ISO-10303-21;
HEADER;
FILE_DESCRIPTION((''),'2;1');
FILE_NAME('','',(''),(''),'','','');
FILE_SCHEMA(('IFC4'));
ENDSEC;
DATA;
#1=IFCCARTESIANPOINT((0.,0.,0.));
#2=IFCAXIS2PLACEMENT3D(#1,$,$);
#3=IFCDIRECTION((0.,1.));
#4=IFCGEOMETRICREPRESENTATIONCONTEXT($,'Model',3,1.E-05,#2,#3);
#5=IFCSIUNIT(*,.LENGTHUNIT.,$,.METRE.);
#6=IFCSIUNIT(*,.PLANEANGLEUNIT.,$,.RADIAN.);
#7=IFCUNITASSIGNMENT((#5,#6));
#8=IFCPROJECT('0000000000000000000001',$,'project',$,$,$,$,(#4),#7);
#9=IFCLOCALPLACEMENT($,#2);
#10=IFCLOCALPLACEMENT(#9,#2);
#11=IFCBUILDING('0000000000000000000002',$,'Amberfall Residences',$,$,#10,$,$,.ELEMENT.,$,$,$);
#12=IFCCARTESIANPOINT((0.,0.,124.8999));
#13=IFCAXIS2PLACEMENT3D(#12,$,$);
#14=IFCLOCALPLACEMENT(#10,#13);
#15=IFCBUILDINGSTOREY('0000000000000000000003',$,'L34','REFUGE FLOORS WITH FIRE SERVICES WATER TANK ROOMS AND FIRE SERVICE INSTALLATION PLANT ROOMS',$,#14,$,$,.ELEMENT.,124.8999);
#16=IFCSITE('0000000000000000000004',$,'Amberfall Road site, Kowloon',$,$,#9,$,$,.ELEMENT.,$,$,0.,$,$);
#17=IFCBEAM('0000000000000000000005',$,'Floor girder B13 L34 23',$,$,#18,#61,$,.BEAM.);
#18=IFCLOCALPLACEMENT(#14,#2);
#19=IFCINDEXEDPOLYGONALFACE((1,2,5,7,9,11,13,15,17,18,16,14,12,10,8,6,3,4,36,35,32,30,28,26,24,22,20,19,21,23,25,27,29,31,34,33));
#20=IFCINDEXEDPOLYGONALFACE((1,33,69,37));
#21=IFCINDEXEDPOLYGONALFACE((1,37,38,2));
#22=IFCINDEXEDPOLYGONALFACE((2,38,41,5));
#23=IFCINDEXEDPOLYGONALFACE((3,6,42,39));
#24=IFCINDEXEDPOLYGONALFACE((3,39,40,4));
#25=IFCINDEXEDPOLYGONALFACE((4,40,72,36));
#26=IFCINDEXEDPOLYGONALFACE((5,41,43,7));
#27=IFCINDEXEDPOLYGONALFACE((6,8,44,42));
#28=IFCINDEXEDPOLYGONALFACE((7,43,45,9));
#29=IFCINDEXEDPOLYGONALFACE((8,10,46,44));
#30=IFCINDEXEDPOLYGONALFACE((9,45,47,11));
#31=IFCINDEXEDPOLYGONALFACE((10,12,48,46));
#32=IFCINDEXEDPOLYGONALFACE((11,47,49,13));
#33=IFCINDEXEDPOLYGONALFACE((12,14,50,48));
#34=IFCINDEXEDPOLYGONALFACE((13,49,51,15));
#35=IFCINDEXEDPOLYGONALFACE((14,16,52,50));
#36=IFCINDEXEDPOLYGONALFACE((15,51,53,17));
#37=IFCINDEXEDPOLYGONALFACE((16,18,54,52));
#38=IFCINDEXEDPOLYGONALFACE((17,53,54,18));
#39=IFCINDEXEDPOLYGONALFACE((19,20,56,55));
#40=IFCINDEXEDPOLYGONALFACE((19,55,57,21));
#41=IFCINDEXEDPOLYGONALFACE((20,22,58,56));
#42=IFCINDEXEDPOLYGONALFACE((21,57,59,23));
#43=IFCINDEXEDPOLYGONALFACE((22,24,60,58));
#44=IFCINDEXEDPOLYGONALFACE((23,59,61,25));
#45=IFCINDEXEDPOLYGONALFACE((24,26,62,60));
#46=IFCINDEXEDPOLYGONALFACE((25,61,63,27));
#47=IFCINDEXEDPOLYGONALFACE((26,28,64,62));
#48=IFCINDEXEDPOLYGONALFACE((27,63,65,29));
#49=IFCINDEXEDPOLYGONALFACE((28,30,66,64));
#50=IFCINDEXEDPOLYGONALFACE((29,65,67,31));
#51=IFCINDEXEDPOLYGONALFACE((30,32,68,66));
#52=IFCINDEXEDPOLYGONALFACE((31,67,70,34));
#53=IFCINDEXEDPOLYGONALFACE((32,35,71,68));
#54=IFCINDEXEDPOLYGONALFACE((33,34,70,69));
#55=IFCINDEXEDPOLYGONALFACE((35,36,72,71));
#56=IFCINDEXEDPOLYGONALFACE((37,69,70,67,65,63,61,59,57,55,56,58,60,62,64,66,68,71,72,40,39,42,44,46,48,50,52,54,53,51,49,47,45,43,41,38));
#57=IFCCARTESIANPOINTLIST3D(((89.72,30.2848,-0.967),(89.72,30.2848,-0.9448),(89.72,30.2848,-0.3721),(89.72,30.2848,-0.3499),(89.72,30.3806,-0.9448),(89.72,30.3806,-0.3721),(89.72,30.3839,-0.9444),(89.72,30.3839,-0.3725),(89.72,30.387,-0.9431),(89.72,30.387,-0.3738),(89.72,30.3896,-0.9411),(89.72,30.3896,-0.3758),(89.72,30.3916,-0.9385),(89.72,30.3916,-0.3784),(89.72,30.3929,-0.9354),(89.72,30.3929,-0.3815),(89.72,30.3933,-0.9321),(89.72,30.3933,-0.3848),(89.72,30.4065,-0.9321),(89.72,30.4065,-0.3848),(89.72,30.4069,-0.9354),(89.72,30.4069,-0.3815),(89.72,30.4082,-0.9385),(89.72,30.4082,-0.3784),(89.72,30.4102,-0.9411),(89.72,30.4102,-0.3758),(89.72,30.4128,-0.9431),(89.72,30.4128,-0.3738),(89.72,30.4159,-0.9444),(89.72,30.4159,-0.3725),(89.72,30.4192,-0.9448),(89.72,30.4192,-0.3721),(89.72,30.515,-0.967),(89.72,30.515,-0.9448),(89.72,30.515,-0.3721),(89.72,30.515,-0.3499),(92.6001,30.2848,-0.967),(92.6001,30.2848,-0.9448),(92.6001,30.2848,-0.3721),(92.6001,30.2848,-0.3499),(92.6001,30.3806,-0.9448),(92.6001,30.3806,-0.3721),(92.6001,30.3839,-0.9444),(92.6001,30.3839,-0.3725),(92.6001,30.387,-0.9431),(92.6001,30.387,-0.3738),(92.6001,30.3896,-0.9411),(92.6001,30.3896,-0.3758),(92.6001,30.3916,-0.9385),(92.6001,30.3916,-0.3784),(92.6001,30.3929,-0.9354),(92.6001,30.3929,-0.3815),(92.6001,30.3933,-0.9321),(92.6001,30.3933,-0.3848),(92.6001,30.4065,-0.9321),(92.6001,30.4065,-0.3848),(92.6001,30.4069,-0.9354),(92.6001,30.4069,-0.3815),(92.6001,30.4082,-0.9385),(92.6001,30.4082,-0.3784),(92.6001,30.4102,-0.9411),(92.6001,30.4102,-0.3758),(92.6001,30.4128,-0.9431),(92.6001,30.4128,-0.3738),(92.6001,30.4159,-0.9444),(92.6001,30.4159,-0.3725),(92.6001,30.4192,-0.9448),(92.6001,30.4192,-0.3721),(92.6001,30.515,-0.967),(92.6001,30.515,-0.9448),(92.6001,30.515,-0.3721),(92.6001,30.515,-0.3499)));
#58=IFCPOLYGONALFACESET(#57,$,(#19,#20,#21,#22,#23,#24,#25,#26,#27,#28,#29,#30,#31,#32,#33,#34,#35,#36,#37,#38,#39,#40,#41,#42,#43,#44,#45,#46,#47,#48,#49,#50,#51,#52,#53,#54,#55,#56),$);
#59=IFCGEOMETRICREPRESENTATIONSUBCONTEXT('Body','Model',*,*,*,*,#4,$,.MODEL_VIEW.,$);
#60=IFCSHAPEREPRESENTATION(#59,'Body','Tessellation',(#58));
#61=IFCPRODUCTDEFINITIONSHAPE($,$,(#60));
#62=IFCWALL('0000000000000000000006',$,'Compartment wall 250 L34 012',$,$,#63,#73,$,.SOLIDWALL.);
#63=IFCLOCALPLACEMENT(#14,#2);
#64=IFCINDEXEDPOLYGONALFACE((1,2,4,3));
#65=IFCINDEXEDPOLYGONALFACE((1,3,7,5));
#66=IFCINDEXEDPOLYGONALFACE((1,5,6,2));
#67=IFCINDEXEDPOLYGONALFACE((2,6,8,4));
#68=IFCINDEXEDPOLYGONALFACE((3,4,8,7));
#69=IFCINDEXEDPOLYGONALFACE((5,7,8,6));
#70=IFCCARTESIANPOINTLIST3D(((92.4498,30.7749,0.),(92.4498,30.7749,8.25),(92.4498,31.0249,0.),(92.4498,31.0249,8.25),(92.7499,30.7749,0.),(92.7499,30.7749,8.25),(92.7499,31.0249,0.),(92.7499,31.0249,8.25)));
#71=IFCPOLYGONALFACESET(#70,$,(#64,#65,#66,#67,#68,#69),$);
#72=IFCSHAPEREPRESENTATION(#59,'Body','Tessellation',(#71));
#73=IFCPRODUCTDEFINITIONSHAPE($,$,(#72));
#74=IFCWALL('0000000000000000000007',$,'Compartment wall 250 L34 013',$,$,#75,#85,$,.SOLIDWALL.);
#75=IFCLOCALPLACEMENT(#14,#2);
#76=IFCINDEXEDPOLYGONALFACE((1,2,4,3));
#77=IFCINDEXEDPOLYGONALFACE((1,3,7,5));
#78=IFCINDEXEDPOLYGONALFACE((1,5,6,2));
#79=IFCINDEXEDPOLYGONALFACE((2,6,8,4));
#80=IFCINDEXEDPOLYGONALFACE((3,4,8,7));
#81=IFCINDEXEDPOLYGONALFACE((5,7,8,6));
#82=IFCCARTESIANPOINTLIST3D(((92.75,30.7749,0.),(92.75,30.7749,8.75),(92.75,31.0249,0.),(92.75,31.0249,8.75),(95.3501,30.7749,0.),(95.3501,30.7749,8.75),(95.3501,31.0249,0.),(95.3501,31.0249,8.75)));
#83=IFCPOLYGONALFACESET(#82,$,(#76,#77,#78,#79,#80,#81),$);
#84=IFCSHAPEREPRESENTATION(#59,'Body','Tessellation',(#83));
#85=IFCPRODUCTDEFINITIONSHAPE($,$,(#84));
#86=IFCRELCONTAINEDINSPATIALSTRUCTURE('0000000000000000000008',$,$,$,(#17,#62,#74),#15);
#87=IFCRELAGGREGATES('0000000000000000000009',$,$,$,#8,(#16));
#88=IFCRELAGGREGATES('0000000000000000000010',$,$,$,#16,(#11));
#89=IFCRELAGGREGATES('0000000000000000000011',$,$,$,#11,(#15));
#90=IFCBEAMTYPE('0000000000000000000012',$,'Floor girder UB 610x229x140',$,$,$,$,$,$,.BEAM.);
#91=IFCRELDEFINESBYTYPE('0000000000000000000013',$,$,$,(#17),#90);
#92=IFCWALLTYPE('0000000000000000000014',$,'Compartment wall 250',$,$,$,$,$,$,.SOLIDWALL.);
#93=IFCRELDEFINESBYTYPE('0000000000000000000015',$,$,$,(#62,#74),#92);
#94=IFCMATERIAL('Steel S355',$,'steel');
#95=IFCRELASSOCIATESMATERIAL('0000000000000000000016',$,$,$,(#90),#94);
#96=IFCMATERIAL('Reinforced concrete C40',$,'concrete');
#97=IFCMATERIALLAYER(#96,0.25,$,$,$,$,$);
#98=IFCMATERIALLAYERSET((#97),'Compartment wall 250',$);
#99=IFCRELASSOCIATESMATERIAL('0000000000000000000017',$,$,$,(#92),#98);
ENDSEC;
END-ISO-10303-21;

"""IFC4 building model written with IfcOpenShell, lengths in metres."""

from ifc_helpers import new_model, si_unit, direction, frame, frame_2d, origin, origin_2d, place, context, subcontext, project, spatial, rectangle, i_section, extrude, material, layer, layer_set, material_profile, profile_set, type_object, element, save


model = new_model("IFC4")

# Units and contexts
model_context = context("Model", 3, precision=1e-05, world=origin(), true_north=direction((0.0, 1.0)))
body_context = subcontext(model_context, "Body", "Model", "MODEL_VIEW")
ifc_project = project(units=[si_unit("LENGTHUNIT", "METRE"), si_unit("PLANEANGLEUNIT", "RADIAN")], contexts=[model_context])

# Site, building, storey
site_placement = place(None, origin())
site = spatial("IfcSite", under=ifc_project, at=site_placement, Name="Amberfall Road site, Kowloon", CompositionType="ELEMENT", RefElevation=0.0)
building_placement = place(site_placement, origin())
building = spatial("IfcBuilding", under=site, at=building_placement, Name="Amberfall Residences", CompositionType="ELEMENT")
storey_placement = place(building_placement, frame((0.0, 0.0, 124.8999)))
storey = spatial("IfcBuildingStorey", under=building, at=storey_placement, Name="L34", Description="REFUGE FLOORS WITH FIRE SERVICES WATER TANK ROOMS AND FIRE SERVICE INSTALLATION PLANT ROOMS", CompositionType="ELEMENT", Elevation=124.8999)

# Shared definitions
ifc_material_1 = material(Name="Steel S355", Category="steel")

# Beam
ifc_material_profile_1 = material_profile(ifc_material_1, i_section(OverallWidth=0.2302, OverallDepth=0.6172, WebThickness=0.0132, FlangeThickness=0.0222, FilletRadius=0.0127, at=origin_2d()), Name="UB 610x229x140")
ifc_profile_set_1 = profile_set([ifc_material_profile_1], Name="Steel S355")
beam_type_1 = type_object("IfcBeamType", Name="Floor girder UB 610x229x140", PredefinedType="BEAM", material=ifc_profile_set_1)
beam_1_placement = place(storey_placement, frame((92.6001, 30.3999, -0.6584), z_axis=(-1.0, 0.0, 0.0), x_axis=(0.0, -1.0, 0.0)))
element("IfcBeam", 1, at=beam_1_placement, inside=storey, type_object=beam_type_1, Name="Floor girder B13 L34 23", PredefinedType="BEAM", context=body_context, shape_type="SweptSolid", body=[
    extrude(i_section(OverallWidth=0.2302, OverallDepth=0.6172, WebThickness=0.0132, FlangeThickness=0.0222, FilletRadius=0.0127, at=origin_2d()), origin(), (0.0, 0.0, 1.0), 2.8801),
])

# Walls
ifc_material_2 = material(Name="Reinforced concrete C40", Category="concrete")
ifc_layer = layer(ifc_material_2, 0.25)
ifc_layer_set = layer_set([ifc_layer], Name="Compartment wall 250")
wall_type = type_object("IfcWallType", Name="Compartment wall 250", PredefinedType="SOLIDWALL", material=ifc_layer_set)
wall_1_placement = place(storey_placement, frame((92.45, 30.8999, 0.0), z_axis=(0.0, 0.0, 1.0), x_axis=(1.0, 0.0, 0.0)))
element("IfcWall", 2, at=wall_1_placement, inside=storey, type_object=wall_type, Name="Compartment wall 250 L34 012", PredefinedType="SOLIDWALL", context=body_context, shape_type="SweptSolid", body=[
    extrude(rectangle(XDim=0.3, YDim=0.25, at=frame_2d((0.1499, 0.0))), origin(), (0.0, 0.0, 1.0), 8.25),
])
wall_2_placement = place(storey_placement, frame((92.75, 30.8999, 0.0), z_axis=(0.0, 0.0, 1.0), x_axis=(1.0, 0.0, 0.0)))
element("IfcWall", 3, at=wall_2_placement, inside=storey, type_object=wall_type, Name="Compartment wall 250 L34 013", PredefinedType="SOLIDWALL", context=body_context, shape_type="SweptSolid", body=[
    extrude(rectangle(XDim=2.6001, YDim=0.25, at=frame_2d((1.3, 0.0))), origin(), (0.0, 0.0, 1.0), 8.75),
])

save(model, "model.ifc")
